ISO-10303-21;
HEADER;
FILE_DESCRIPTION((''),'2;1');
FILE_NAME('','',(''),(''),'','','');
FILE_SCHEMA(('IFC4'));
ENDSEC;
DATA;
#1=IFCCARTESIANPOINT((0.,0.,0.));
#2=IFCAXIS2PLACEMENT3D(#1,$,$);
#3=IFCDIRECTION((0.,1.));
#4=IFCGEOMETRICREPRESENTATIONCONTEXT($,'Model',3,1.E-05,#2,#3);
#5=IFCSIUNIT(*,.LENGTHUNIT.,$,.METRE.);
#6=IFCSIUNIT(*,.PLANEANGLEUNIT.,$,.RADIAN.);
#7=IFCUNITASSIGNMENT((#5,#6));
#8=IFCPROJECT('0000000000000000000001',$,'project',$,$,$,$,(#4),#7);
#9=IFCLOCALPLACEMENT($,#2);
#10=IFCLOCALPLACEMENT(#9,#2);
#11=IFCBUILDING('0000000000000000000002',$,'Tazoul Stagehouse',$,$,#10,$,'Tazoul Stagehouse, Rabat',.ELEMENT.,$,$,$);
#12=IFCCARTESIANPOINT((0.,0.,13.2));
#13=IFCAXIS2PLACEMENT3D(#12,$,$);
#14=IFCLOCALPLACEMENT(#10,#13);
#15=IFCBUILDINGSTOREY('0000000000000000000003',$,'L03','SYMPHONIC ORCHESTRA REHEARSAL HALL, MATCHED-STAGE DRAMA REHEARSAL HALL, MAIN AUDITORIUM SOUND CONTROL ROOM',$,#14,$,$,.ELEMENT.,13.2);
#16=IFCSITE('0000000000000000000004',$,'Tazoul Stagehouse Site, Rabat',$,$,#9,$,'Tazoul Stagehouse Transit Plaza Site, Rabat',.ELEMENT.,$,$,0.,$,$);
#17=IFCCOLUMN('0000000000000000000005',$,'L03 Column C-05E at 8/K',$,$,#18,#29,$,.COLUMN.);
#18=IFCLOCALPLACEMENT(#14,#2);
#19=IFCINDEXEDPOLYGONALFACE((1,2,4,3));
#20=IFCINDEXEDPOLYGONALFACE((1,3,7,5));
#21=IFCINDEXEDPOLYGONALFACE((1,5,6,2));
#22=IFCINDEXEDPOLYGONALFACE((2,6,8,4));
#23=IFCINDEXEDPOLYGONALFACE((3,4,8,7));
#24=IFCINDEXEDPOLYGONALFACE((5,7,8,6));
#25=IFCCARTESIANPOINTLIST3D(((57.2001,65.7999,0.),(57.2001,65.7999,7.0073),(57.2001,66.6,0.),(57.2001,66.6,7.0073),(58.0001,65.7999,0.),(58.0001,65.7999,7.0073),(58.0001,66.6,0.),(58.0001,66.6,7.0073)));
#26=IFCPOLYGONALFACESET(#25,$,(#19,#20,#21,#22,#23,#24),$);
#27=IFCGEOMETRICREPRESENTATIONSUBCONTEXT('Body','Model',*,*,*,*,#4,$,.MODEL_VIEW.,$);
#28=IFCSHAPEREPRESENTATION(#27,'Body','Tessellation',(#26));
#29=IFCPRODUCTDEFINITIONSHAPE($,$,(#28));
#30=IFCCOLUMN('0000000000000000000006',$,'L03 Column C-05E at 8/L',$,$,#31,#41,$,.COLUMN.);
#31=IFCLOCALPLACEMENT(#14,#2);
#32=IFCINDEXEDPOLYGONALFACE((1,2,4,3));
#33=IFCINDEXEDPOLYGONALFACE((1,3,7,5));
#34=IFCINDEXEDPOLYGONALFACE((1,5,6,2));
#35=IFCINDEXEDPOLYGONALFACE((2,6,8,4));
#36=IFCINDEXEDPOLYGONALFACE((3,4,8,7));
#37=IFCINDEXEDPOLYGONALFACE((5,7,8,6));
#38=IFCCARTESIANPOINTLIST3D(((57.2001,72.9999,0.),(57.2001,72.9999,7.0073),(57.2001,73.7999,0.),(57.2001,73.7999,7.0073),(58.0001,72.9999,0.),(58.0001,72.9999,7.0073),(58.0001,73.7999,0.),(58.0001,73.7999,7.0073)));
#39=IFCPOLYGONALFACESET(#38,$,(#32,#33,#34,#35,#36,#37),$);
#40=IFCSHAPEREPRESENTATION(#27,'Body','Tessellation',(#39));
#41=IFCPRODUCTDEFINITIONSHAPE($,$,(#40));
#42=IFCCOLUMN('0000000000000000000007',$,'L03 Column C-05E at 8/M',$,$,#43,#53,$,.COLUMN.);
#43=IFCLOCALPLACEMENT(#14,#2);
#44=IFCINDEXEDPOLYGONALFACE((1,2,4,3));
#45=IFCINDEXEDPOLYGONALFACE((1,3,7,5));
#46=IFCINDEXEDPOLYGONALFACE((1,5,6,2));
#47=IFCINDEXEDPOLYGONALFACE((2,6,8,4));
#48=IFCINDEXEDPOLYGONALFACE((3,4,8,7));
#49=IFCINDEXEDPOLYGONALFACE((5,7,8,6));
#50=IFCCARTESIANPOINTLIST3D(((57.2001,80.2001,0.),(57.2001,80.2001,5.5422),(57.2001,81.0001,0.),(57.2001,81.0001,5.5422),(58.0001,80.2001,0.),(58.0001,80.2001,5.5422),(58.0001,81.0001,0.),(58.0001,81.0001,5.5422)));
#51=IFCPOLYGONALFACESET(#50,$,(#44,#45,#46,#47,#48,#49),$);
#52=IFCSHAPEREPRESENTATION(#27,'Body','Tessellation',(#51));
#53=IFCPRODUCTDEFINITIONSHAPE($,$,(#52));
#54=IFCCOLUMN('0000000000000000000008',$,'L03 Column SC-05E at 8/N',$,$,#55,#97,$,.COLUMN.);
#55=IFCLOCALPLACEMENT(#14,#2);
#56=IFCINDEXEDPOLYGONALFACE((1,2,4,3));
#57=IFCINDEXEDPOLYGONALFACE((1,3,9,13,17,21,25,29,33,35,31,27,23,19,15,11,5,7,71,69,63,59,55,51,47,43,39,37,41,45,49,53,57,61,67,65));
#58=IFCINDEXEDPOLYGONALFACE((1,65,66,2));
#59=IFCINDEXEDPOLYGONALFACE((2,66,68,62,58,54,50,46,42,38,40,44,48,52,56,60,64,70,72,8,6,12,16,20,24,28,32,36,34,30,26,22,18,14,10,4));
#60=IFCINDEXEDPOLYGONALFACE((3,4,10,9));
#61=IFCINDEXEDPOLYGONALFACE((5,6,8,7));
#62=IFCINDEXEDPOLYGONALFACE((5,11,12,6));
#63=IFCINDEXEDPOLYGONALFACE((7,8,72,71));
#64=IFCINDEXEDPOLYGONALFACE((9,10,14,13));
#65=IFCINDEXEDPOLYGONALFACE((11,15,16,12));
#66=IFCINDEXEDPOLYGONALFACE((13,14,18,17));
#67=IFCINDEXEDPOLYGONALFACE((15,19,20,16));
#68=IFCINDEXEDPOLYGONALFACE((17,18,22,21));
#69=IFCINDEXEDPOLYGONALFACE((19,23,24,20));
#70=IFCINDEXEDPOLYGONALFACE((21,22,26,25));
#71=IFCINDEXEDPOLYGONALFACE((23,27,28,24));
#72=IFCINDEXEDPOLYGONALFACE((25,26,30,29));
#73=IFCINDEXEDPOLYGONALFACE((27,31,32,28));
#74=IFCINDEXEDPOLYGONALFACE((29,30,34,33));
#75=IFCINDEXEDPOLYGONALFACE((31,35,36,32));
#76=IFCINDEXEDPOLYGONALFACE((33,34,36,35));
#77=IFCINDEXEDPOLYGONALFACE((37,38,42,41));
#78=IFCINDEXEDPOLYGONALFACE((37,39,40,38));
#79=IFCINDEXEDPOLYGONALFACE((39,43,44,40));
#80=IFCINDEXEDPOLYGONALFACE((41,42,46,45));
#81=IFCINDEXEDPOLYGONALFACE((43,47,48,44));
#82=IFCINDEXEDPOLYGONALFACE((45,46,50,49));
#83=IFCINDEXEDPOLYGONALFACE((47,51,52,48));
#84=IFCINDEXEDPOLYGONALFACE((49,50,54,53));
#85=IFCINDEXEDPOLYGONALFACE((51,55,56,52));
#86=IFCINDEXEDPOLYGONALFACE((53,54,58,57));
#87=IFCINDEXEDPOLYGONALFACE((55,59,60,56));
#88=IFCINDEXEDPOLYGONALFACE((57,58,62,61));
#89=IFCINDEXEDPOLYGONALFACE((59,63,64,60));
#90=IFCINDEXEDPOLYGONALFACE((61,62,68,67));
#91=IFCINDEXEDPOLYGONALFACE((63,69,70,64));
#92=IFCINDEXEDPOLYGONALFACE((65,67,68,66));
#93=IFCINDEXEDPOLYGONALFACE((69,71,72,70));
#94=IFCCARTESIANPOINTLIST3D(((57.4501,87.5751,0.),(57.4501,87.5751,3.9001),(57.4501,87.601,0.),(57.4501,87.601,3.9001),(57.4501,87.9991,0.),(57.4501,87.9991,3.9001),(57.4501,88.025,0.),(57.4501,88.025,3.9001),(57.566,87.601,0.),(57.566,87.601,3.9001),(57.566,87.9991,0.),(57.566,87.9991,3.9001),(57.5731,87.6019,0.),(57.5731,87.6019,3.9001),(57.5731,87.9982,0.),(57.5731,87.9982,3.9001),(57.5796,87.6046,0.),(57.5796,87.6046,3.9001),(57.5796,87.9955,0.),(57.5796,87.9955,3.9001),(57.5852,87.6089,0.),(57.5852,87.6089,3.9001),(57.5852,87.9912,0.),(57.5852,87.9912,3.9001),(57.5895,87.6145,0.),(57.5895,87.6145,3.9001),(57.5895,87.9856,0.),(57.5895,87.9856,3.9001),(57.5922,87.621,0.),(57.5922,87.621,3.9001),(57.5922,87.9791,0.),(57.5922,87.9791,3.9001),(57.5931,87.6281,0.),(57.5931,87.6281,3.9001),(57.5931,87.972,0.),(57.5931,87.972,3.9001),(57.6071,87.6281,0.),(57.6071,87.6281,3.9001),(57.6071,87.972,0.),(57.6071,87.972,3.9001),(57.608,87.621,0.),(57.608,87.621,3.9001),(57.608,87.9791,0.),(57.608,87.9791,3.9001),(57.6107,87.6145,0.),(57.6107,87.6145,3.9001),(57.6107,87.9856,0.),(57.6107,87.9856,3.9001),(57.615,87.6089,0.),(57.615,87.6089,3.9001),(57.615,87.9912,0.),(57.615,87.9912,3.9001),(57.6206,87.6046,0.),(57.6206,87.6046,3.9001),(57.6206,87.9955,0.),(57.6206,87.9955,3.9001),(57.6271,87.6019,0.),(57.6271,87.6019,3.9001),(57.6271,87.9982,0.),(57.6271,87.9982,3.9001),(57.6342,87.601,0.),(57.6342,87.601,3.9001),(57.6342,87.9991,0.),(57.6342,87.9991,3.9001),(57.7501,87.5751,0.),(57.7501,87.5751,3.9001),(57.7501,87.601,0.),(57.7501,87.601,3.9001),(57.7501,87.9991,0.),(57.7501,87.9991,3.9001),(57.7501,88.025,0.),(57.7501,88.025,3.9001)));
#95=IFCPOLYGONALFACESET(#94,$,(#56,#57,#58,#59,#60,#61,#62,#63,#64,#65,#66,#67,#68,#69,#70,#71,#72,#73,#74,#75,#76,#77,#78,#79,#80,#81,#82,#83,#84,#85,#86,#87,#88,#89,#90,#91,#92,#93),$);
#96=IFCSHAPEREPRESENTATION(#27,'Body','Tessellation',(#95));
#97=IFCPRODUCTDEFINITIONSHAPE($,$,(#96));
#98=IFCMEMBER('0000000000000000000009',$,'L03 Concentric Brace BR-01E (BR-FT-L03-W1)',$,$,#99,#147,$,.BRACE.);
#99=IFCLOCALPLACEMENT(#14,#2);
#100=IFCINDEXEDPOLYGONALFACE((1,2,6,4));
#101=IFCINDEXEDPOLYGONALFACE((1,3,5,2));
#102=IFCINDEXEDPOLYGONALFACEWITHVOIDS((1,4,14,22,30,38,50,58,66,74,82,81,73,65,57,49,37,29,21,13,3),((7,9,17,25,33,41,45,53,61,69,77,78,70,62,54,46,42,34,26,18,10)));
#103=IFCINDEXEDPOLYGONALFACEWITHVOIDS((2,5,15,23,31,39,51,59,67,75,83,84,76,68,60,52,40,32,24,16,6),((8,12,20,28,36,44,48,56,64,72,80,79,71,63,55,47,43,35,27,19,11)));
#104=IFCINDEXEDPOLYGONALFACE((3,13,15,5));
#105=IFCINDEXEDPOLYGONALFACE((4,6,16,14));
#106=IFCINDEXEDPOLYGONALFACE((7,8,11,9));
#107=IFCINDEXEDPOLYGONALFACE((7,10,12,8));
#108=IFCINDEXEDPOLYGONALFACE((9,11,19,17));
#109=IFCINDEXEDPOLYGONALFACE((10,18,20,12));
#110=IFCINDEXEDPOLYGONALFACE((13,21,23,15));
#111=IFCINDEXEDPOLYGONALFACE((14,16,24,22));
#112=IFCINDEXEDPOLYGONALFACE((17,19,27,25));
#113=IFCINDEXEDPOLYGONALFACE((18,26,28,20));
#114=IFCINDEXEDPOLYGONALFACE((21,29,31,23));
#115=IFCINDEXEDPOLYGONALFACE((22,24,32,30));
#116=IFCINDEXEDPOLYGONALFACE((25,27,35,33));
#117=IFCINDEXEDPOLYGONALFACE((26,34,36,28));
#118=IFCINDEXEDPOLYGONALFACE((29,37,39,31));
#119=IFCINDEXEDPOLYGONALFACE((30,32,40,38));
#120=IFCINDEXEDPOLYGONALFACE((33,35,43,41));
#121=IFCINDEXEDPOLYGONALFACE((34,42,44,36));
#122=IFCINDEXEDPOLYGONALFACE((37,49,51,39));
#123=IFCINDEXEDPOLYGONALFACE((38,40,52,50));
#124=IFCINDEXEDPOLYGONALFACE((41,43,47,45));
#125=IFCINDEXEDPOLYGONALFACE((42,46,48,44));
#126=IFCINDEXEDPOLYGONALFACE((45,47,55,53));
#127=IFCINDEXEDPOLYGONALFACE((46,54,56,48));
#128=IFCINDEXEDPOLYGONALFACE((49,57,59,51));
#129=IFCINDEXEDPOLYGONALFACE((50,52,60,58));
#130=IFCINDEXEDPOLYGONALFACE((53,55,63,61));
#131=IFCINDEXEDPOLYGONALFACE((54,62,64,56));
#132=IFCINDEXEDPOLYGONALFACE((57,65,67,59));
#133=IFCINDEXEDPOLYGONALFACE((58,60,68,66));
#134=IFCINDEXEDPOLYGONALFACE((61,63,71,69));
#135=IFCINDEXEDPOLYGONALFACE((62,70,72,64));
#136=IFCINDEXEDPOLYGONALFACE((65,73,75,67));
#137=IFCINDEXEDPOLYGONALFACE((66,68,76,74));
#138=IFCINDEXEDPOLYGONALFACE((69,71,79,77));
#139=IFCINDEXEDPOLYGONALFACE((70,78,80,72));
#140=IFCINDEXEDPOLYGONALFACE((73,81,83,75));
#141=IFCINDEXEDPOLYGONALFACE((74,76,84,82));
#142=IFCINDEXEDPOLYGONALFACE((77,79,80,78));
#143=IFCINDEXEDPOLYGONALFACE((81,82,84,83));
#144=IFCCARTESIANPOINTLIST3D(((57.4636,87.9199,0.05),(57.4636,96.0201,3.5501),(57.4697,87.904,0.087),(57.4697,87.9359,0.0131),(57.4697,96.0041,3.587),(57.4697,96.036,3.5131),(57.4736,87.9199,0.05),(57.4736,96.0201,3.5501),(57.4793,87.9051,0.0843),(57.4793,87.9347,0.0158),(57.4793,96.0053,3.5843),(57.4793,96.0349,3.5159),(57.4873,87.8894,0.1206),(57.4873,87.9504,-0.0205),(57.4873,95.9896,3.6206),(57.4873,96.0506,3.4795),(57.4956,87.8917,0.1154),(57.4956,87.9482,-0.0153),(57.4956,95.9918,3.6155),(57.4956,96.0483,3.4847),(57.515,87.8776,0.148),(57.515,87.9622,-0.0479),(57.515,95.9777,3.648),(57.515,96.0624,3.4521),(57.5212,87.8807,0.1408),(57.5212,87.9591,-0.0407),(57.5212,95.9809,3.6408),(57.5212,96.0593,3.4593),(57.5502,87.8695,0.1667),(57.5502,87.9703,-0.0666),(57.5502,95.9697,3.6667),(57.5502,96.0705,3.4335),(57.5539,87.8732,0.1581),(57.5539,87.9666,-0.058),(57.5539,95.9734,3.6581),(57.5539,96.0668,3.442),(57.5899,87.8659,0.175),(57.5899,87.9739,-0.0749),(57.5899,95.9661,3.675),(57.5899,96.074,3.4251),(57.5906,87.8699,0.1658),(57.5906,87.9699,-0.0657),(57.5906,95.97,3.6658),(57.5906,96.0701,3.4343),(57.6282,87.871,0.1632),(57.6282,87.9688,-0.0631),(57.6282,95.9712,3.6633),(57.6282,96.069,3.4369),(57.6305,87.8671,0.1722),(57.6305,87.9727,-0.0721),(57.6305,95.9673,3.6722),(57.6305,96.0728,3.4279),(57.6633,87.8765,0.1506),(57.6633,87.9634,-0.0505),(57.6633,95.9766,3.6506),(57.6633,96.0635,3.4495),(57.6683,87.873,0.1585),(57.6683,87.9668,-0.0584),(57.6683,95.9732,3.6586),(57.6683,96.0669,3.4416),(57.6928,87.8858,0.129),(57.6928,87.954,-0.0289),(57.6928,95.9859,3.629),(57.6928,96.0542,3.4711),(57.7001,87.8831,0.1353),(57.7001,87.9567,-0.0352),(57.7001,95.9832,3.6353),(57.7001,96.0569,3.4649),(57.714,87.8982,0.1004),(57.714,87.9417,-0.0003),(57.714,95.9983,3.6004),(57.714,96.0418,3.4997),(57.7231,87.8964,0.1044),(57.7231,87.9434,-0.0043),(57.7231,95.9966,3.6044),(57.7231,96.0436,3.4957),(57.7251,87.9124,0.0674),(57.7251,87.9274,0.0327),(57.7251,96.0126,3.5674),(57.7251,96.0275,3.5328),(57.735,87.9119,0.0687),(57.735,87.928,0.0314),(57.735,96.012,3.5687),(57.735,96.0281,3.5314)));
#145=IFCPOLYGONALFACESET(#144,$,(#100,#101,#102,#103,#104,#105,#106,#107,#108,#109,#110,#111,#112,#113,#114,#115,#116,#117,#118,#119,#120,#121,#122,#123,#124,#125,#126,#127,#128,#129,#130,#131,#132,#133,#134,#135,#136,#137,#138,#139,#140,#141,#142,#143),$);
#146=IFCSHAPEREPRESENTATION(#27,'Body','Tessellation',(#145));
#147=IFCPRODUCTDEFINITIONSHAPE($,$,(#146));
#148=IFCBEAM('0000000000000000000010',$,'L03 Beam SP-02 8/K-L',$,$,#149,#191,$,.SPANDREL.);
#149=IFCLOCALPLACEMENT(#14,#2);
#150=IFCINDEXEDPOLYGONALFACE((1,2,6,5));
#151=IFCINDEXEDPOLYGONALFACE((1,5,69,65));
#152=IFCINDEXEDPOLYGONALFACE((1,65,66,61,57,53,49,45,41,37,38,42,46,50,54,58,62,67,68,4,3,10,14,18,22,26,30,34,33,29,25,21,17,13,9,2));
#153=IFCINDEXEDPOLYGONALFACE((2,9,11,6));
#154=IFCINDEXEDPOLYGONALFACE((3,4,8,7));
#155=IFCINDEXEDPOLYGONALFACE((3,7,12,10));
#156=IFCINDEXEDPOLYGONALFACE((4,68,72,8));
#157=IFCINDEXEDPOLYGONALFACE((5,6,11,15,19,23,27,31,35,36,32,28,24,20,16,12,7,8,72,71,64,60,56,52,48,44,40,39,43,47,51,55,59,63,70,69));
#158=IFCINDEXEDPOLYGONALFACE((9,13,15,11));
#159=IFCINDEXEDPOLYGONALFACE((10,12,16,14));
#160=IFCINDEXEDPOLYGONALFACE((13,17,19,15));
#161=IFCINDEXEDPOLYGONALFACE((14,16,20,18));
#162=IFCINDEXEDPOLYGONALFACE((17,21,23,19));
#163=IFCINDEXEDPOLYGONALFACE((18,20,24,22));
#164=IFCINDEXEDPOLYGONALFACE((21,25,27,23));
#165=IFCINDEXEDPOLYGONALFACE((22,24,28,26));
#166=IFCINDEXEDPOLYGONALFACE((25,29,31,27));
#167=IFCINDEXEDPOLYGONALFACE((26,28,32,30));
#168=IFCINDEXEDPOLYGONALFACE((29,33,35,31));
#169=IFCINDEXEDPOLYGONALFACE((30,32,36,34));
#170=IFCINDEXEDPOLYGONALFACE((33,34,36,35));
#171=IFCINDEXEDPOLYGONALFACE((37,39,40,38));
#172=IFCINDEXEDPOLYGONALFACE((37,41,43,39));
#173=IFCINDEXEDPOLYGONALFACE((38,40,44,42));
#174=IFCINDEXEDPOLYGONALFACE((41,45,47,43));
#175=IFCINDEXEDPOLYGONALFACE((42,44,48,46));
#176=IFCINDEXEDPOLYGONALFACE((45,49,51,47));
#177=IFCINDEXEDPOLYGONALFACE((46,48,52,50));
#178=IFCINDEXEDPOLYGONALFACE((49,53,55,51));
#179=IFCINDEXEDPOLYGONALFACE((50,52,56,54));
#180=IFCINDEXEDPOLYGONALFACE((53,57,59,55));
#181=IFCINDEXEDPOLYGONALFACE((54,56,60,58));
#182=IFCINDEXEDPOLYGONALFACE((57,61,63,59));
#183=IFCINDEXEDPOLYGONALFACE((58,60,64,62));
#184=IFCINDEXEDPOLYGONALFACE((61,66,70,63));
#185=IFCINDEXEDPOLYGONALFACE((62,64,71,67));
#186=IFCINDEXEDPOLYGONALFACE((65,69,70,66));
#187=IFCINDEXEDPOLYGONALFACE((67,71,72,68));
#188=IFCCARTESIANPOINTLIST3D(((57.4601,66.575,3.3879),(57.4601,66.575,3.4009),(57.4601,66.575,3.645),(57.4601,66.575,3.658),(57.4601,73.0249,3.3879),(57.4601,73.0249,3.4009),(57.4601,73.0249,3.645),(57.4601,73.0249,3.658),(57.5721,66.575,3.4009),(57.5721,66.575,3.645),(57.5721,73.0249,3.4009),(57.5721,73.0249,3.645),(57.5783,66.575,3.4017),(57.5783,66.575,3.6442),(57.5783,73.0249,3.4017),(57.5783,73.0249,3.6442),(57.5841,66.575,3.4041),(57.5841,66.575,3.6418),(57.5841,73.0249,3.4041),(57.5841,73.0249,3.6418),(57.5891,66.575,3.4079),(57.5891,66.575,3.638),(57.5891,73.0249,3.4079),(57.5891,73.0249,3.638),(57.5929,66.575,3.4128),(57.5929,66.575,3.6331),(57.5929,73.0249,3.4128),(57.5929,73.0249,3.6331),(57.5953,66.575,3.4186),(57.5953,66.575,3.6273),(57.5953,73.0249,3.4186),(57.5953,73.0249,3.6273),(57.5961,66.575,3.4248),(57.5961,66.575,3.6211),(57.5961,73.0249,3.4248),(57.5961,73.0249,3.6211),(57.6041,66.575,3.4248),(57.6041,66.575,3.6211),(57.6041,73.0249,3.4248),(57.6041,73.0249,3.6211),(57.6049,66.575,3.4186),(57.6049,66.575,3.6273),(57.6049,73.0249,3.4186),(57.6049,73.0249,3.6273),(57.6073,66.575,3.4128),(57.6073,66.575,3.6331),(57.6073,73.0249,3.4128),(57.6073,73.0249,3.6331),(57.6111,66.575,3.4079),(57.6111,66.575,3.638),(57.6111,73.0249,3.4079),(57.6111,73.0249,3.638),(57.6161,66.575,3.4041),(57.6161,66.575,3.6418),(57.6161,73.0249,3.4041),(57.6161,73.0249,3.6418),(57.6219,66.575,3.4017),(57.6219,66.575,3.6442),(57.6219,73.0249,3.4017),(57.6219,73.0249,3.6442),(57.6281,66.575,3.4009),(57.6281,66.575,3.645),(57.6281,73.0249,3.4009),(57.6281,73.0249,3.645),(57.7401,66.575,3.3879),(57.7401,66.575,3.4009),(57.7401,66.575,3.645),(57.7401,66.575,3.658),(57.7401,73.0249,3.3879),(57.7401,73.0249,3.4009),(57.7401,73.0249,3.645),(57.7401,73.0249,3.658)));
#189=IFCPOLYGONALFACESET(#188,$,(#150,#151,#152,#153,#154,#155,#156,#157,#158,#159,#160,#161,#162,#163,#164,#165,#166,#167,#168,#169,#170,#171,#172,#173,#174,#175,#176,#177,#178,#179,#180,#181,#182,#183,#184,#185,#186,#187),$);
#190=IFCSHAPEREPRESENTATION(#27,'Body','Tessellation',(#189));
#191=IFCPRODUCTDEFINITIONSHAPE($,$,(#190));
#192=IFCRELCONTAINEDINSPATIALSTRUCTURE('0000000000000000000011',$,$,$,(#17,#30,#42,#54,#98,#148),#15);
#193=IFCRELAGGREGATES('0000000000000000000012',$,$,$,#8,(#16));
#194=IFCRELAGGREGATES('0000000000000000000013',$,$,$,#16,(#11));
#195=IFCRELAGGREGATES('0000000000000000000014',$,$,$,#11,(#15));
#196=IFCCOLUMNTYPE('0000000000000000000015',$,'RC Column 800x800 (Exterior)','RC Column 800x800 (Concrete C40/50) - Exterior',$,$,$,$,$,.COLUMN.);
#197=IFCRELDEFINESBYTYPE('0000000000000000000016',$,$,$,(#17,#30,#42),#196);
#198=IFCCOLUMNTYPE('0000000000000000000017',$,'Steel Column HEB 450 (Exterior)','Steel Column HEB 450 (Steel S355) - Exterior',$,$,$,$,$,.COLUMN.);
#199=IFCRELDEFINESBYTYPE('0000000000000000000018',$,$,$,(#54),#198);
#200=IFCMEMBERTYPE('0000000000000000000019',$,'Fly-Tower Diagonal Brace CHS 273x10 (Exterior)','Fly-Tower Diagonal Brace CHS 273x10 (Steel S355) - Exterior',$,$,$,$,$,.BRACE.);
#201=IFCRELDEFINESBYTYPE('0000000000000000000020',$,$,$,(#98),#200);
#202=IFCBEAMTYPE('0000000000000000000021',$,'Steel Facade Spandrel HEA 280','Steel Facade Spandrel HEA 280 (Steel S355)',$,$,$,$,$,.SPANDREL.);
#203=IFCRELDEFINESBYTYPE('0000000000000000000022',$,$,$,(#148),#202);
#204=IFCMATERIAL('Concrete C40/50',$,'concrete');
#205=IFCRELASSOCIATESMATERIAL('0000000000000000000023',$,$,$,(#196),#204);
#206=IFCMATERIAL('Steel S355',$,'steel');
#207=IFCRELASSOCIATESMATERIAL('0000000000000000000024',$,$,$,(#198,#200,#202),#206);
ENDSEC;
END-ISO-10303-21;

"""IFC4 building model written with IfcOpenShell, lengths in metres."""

from ifc_helpers import new_model, si_unit, direction, frame, origin, origin_2d, place, context, subcontext, project, spatial, rectangle, hollow_circle, i_section, extrude, material, material_profile, profile_set, type_object, element, save


model = new_model("IFC4")

# Units and contexts
model_context = context("Model", 3, precision=1e-05, world=origin(), true_north=direction((0.0, 1.0)))
body_context = subcontext(model_context, "Body", "Model", "MODEL_VIEW")
ifc_project = project(units=[si_unit("LENGTHUNIT", "METRE"), si_unit("PLANEANGLEUNIT", "RADIAN")], contexts=[model_context])

# Site, building, storey
site_placement = place(None, origin())
site = spatial("IfcSite", under=ifc_project, at=site_placement, Name="Tazoul Stagehouse Site, Rabat", LongName="Tazoul Stagehouse Transit Plaza Site, Rabat", CompositionType="ELEMENT", RefElevation=0.0)
building_placement = place(site_placement, origin())
building = spatial("IfcBuilding", under=site, at=building_placement, Name="Tazoul Stagehouse", LongName="Tazoul Stagehouse, Rabat", CompositionType="ELEMENT")
storey_placement = place(building_placement, frame((0.0, 0.0, 13.2)))
storey = spatial("IfcBuildingStorey", under=building, at=storey_placement, Name="L03", Description="SYMPHONIC ORCHESTRA REHEARSAL HALL, MATCHED-STAGE DRAMA REHEARSAL HALL, MAIN AUDITORIUM SOUND CONTROL ROOM", CompositionType="ELEMENT", Elevation=13.2)

# Columns
ifc_material_1 = material(Name="Concrete C40/50", Category="concrete")
ifc_material_profile_1 = material_profile(ifc_material_1, rectangle(XDim=0.8, YDim=0.8, at=origin_2d()), Name="RC 800x800")
ifc_profile_set_1 = profile_set([ifc_material_profile_1], Name="Concrete C40/50")
column_type_1 = type_object("IfcColumnType", Name="RC Column 800x800 (Exterior)", Description="RC Column 800x800 (Concrete C40/50) - Exterior", PredefinedType="COLUMN", material=ifc_profile_set_1)
for number, where, z_axis, x_axis, name in (
    (1, (57.6001, 66.2, 0.0), (0.0, 0.0, 1.0), (1.0, 0.0, 0.0), "L03 Column C-05E at 8/K"),
    (2, (57.6001, 73.3999, 0.0), (0.0, 0.0, 1.0), (1.0, 0.0, 0.0), "L03 Column C-05E at 8/L"),
):
    element("IfcColumn", number, at=place(storey_placement, frame(where, z_axis=z_axis, x_axis=x_axis)), inside=storey, type_object=column_type_1, Name=name, PredefinedType="COLUMN", context=body_context, shape_type="SweptSolid", body=[
        extrude(rectangle(XDim=0.8, YDim=0.8, at=origin_2d()), origin(), (0.0, 0.0, 1.0), 7.0073),
    ])
column_1_placement = place(storey_placement, frame((57.6001, 80.6001, 0.0), z_axis=(0.0, 0.0, 1.0), x_axis=(1.0, 0.0, 0.0)))
element("IfcColumn", 3, at=column_1_placement, inside=storey, type_object=column_type_1, Name="L03 Column C-05E at 8/M", PredefinedType="COLUMN", context=body_context, shape_type="SweptSolid", body=[
    extrude(rectangle(XDim=0.8, YDim=0.8, at=origin_2d()), origin(), (0.0, 0.0, 1.0), 5.5422),
])
ifc_material_2 = material(Name="Steel S355", Category="steel")
ifc_material_profile_2 = material_profile(ifc_material_2, i_section(OverallWidth=0.3, OverallDepth=0.45, WebThickness=0.0139, FlangeThickness=0.0259, FilletRadius=0.0271, at=origin_2d()), Name="HEB 450")
ifc_profile_set_2 = profile_set([ifc_material_profile_2], Name="Steel S355")
column_type_2 = type_object("IfcColumnType", Name="Steel Column HEB 450 (Exterior)", Description="Steel Column HEB 450 (Steel S355) - Exterior", PredefinedType="COLUMN", material=ifc_profile_set_2)
column_2_placement = place(storey_placement, frame((57.6001, 87.8, 0.0), z_axis=(0.0, 0.0, 1.0), x_axis=(1.0, 0.0, 0.0)))
element("IfcColumn", 4, at=column_2_placement, inside=storey, type_object=column_type_2, Name="L03 Column SC-05E at 8/N", PredefinedType="COLUMN", context=body_context, shape_type="SweptSolid", body=[
    extrude(i_section(OverallWidth=0.3, OverallDepth=0.45, WebThickness=0.0139, FlangeThickness=0.0259, FilletRadius=0.0271, at=origin_2d()), origin(), (0.0, 0.0, 1.0), 3.9001),
])

# Member
ifc_material_profile_3 = material_profile(ifc_material_2, hollow_circle(Radius=0.1365, WallThickness=0.01, at=origin_2d()), Name="CHS 273x10")
ifc_profile_set_3 = profile_set([ifc_material_profile_3], Name="Steel S355")
member_type = type_object("IfcMemberType", Name="Fly-Tower Diagonal Brace CHS 273x10 (Exterior)", Description="Fly-Tower Diagonal Brace CHS 273x10 (Steel S355) - Exterior", PredefinedType="BRACE", material=ifc_profile_set_3)
member_placement = place(storey_placement, frame((57.6001, 87.9199, 0.05), z_axis=(0.0, 0.91797, 0.396649), x_axis=(-1.0, 0.0, 0.0)))
element("IfcMember", 5, at=member_placement, inside=storey, type_object=member_type, Name="L03 Concentric Brace BR-01E (BR-FT-L03-W1)", PredefinedType="BRACE", context=body_context, shape_type="SweptSolid", body=[
    extrude(hollow_circle(Radius=0.1365, WallThickness=0.01, at=origin_2d()), origin(), (0.0, 0.0, 1.0), 8.824),
])

# Beam
ifc_material_profile_4 = material_profile(ifc_material_2, i_section(OverallWidth=0.28, OverallDepth=0.27, WebThickness=0.0081, FlangeThickness=0.0129, FilletRadius=0.0239, at=origin_2d()), Name="HEA 280")
ifc_profile_set_4 = profile_set([ifc_material_profile_4], Name="Steel S355")
beam_type_1 = type_object("IfcBeamType", Name="Steel Facade Spandrel HEA 280", Description="Steel Facade Spandrel HEA 280 (Steel S355)", PredefinedType="SPANDREL", material=ifc_profile_set_4)
beam_1_placement = place(storey_placement, frame((57.6001, 66.575, 3.5229), z_axis=(0.0, 1.0, 0.0), x_axis=(-1.0, 0.0, 0.0)))
element("IfcBeam", 6, at=beam_1_placement, inside=storey, type_object=beam_type_1, Name="L03 Beam SP-02 8/K-L", PredefinedType="SPANDREL", context=body_context, shape_type="SweptSolid", body=[
    extrude(i_section(OverallWidth=0.28, OverallDepth=0.27, WebThickness=0.0081, FlangeThickness=0.0129, FilletRadius=0.0239, at=origin_2d()), origin(), (0.0, 0.0, 1.0), 6.45),
])

save(model, "model.ifc")
